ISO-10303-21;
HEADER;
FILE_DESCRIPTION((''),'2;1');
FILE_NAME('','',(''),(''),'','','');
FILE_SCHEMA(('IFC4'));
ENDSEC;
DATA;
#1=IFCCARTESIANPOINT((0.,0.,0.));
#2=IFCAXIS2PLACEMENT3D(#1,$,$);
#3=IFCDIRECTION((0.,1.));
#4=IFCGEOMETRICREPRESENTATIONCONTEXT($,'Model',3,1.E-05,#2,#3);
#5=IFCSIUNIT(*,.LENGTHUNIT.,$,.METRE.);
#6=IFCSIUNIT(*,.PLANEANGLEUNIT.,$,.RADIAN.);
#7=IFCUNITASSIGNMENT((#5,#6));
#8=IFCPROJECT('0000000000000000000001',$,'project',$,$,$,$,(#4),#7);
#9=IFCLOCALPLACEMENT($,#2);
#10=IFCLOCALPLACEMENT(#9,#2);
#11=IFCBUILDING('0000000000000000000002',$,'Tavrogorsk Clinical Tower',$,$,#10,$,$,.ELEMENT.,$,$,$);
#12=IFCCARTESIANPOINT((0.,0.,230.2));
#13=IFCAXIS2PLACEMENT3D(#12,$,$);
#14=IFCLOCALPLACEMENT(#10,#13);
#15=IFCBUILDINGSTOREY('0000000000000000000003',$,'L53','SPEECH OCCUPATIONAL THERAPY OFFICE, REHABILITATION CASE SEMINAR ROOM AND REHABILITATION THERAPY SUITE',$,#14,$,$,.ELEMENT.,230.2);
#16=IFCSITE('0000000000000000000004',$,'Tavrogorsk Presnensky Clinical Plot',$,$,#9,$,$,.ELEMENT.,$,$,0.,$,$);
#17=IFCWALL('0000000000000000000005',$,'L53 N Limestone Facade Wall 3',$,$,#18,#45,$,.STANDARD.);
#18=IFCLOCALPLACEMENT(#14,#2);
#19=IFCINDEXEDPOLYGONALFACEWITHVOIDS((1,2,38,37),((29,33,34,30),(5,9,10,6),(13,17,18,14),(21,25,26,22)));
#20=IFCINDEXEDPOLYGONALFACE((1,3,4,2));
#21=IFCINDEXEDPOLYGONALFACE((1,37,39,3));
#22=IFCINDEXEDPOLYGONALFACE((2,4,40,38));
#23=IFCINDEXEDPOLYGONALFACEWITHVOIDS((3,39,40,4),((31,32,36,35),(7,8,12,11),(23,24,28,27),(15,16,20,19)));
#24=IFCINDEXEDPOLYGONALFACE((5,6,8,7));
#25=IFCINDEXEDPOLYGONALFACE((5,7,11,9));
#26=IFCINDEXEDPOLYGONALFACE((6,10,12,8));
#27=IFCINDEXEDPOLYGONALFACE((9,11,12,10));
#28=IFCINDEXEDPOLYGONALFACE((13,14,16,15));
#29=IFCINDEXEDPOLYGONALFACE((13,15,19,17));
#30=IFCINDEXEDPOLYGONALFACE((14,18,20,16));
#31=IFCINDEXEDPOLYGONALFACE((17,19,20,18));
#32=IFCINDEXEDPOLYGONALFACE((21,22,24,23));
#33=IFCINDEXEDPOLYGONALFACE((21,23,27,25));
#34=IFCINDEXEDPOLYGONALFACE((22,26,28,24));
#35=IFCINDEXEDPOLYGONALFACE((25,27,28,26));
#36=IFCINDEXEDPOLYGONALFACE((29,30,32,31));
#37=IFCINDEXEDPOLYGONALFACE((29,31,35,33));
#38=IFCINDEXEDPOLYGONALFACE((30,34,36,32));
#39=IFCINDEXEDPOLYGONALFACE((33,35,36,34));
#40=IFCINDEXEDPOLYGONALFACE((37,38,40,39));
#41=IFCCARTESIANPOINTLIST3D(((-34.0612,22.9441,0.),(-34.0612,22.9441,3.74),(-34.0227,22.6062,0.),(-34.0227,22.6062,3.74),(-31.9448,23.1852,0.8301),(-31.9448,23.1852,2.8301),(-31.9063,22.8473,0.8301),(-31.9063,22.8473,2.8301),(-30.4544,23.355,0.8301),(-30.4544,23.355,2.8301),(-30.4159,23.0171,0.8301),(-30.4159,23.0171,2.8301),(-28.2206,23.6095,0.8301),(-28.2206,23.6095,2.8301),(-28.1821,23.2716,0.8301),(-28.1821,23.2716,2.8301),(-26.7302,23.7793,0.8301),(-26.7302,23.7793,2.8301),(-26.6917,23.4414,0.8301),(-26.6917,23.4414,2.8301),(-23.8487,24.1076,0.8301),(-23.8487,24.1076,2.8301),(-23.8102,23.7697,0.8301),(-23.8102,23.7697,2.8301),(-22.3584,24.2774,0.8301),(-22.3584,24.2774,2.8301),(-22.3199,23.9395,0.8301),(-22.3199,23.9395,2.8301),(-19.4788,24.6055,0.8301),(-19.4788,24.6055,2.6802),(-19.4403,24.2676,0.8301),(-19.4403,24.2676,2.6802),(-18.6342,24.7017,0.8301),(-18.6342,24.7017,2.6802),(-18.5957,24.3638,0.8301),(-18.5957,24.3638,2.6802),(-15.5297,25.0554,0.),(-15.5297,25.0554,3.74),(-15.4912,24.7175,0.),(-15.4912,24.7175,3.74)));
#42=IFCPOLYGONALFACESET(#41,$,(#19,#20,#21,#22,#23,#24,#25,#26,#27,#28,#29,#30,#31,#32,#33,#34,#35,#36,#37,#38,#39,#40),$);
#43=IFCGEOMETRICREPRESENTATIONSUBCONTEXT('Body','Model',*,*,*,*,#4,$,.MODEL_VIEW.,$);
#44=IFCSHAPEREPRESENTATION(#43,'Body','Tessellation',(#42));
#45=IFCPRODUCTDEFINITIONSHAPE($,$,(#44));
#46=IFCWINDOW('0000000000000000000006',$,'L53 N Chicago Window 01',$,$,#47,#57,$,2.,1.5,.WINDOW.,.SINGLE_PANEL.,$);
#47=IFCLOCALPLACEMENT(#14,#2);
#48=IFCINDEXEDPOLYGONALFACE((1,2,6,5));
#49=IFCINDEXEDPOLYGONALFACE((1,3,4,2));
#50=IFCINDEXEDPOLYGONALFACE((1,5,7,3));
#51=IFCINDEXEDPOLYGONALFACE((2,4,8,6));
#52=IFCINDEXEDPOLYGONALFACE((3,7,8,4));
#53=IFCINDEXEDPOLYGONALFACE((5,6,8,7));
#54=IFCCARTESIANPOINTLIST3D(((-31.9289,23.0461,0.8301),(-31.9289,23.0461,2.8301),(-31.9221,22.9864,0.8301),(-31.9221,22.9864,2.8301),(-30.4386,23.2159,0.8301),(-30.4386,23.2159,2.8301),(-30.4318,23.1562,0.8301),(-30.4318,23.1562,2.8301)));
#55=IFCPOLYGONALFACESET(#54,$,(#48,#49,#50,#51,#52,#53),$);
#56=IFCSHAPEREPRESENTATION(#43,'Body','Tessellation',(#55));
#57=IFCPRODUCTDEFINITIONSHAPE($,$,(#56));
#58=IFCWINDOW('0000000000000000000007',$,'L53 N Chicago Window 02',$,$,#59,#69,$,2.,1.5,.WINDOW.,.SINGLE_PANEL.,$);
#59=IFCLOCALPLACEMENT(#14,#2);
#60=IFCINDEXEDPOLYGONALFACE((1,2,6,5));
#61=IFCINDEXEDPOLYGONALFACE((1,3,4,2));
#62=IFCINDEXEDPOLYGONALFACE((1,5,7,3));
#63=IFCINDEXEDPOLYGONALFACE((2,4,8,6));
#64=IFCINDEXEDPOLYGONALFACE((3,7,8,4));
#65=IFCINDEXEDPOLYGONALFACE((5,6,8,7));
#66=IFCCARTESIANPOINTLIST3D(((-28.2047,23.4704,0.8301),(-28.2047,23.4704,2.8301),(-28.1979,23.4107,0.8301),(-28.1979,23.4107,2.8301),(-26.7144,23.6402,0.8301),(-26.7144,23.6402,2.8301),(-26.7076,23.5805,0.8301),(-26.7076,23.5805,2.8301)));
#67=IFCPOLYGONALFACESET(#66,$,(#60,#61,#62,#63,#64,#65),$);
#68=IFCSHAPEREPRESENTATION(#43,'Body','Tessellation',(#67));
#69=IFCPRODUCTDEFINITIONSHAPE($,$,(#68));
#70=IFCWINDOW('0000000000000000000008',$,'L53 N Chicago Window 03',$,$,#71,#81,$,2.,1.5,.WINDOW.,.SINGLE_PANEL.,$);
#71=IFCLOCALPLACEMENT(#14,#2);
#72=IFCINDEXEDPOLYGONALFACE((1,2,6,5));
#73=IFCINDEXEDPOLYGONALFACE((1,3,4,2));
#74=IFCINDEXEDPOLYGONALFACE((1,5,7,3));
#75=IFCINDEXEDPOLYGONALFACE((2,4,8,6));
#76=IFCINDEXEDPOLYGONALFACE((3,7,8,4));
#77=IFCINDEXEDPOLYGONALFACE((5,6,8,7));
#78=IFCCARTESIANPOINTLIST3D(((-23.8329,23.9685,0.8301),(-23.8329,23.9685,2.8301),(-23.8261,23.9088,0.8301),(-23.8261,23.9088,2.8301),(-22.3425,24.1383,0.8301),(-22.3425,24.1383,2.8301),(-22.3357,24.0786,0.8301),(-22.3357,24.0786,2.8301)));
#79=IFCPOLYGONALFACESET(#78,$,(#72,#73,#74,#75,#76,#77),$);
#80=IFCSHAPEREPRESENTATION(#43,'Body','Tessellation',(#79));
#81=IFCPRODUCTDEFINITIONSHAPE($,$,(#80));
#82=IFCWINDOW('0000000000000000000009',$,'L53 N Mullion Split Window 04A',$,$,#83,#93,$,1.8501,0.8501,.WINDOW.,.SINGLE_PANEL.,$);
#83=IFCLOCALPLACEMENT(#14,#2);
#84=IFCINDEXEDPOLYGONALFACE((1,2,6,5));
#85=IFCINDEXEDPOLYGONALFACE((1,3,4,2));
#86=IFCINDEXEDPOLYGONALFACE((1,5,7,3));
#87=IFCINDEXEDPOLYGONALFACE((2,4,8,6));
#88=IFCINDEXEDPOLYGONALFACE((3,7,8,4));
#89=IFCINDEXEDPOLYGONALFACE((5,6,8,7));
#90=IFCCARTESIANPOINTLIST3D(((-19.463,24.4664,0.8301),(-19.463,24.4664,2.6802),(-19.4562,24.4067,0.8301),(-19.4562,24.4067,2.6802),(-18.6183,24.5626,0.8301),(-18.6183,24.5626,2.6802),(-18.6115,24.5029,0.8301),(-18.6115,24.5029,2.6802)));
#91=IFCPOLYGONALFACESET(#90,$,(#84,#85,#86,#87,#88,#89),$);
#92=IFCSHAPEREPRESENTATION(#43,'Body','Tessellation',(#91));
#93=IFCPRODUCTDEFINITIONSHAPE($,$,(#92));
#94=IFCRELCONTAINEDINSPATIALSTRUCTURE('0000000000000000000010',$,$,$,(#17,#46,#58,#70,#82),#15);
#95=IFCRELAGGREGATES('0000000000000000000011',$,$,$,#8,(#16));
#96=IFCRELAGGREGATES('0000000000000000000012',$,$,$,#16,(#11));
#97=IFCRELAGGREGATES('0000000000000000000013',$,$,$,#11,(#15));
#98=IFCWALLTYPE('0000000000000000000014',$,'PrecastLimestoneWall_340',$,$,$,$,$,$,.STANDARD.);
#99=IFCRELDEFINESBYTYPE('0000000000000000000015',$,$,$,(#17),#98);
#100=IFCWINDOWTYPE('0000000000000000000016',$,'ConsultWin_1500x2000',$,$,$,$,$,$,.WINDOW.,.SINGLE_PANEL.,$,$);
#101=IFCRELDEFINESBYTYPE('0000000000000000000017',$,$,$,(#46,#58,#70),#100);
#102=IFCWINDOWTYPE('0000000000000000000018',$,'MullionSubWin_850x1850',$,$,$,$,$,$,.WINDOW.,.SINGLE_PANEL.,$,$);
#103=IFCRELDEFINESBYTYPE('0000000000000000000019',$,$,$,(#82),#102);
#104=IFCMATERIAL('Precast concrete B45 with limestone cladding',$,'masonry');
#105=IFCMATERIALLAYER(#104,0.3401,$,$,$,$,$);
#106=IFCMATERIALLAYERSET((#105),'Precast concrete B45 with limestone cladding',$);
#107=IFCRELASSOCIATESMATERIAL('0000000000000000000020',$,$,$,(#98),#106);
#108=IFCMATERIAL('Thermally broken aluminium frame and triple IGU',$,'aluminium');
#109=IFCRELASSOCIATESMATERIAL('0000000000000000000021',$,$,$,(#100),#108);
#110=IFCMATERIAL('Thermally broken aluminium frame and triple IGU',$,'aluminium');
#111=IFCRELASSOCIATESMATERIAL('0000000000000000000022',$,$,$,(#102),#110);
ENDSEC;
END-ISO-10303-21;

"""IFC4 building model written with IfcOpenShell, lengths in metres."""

from ifc_helpers import new_model, si_unit, direction, frame, frame_2d, origin, place, context, subcontext, project, spatial, rectangle, extrude, material, layer, layer_set, type_object, element, fill, save


model = new_model("IFC4")

# Units and contexts
model_context = context("Model", 3, precision=1e-05, world=origin(), true_north=direction((0.0, 1.0)))
body_context = subcontext(model_context, "Body", "Model", "MODEL_VIEW")
ifc_project = project(units=[si_unit("LENGTHUNIT", "METRE"), si_unit("PLANEANGLEUNIT", "RADIAN")], contexts=[model_context])

# Site, building, storey
site_placement = place(None, origin())
site = spatial("IfcSite", under=ifc_project, at=site_placement, Name="Tavrogorsk Presnensky Clinical Plot", CompositionType="ELEMENT", RefElevation=0.0)
building_placement = place(site_placement, origin())
building = spatial("IfcBuilding", under=site, at=building_placement, Name="Tavrogorsk Clinical Tower", CompositionType="ELEMENT")
storey_placement = place(building_placement, frame((0.0, 0.0, 230.2)))
storey = spatial("IfcBuildingStorey", under=building, at=storey_placement, Name="L53", Description="SPEECH OCCUPATIONAL THERAPY OFFICE, REHABILITATION CASE SEMINAR ROOM AND REHABILITATION THERAPY SUITE", CompositionType="ELEMENT", Elevation=230.2)

# Wall, openings, windows
ifc_material_1 = material(Name="Precast concrete B45 with limestone cladding", Category="masonry")
ifc_layer_1 = layer(ifc_material_1, 0.3401)
ifc_layer_set_1 = layer_set([ifc_layer_1], Name="Precast concrete B45 with limestone cladding")
wall_type_1 = type_object("IfcWallType", Name="PrecastLimestoneWall_340", PredefinedType="STANDARD", material=ifc_layer_set_1)
wall_1_placement = place(storey_placement, frame((-15.5105, 24.8865, 0.0), z_axis=(0.0, 0.0, 1.0), x_axis=(-0.993572, -0.1132, 0.0)))
wall_1 = element("IfcWall", 1, at=wall_1_placement, inside=storey, type_object=wall_type_1, Name="L53 N Limestone Facade Wall 3", PredefinedType="STANDARD", context=body_context, shape_type="SweptSolid", body=[
    extrude(rectangle(XDim=18.6514, YDim=0.3401, at=frame_2d((9.3257, 0.0))), origin(), (0.0, 0.0, 1.0), 3.74),
])
opening_1_placement = place(wall_1_placement, frame((15.0212, 0.0, 0.8301)))
opening_1 = element("IfcOpeningElement", 2, at=opening_1_placement, cuts=wall_1, PredefinedType="OPENING", context=body_context, shape_type="SweptSolid", body=[
    extrude(rectangle(XDim=1.5, YDim=2.0, at=frame_2d((0.75, 1.0))), frame((0.0, 0.1799, 0.0), z_axis=(0.0, -1.0, 0.0), x_axis=(1.0, 0.0, 0.0)), (0.0, 0.0, 1.0), 0.3601),
])
opening_2_placement = place(wall_1_placement, frame((11.2729, 0.0, 0.8301)))
opening_2 = element("IfcOpeningElement", 3, at=opening_2_placement, cuts=wall_1, PredefinedType="OPENING", context=body_context, shape_type="SweptSolid", body=[
    extrude(rectangle(XDim=1.5, YDim=2.0, at=frame_2d((0.75, 1.0))), frame((0.0, 0.1799, 0.0), z_axis=(0.0, -1.0, 0.0), x_axis=(1.0, 0.0, 0.0)), (0.0, 0.0, 1.0), 0.3601),
])
opening_3_placement = place(wall_1_placement, frame((6.8728, 0.0, 0.8301)))
opening_3 = element("IfcOpeningElement", 4, at=opening_3_placement, cuts=wall_1, PredefinedType="OPENING", context=body_context, shape_type="SweptSolid", body=[
    extrude(rectangle(XDim=1.5, YDim=2.0, at=frame_2d((0.75, 1.0))), frame((0.0, 0.1799, 0.0), z_axis=(0.0, -1.0, 0.0), x_axis=(1.0, 0.0, 0.0)), (0.0, 0.0, 1.0), 0.3601),
])
opening_4_placement = place(wall_1_placement, frame((3.1245, 0.0, 0.8301)))
opening_4 = element("IfcOpeningElement", 5, at=opening_4_placement, cuts=wall_1, PredefinedType="OPENING", context=body_context, shape_type="SweptSolid", body=[
    extrude(rectangle(XDim=0.8501, YDim=1.8501, at=frame_2d((0.425, 0.925))), frame((0.0, 0.1799, 0.0), z_axis=(0.0, -1.0, 0.0), x_axis=(1.0, 0.0, 0.0)), (0.0, 0.0, 1.0), 0.3601),
])
ifc_material_2 = material(Name="Thermally broken aluminium frame and triple IGU", Category="aluminium")
window_type_1 = type_object("IfcWindowType", Name="ConsultWin_1500x2000", PartitioningType="SINGLE_PANEL", PredefinedType="WINDOW", material=ifc_material_2)
window_1_placement = place(opening_1_placement, origin())
window_1 = element("IfcWindow", 6, at=window_1_placement, inside=storey, type_object=window_type_1, Name="L53 N Chicago Window 01", OverallHeight=2.0, OverallWidth=1.5, PartitioningType="SINGLE_PANEL", PredefinedType="WINDOW", context=body_context, shape_type="SweptSolid", body=[
    extrude(rectangle(XDim=1.5, YDim=2.0, at=frame_2d((0.75, 1.0))), frame((0.0, 0.03, 0.0), z_axis=(0.0, -1.0, 0.0), x_axis=(1.0, 0.0, 0.0)), (0.0, 0.0, 1.0), 0.0601),
])
fill(opening_1, window_1)
window_2_placement = place(opening_2_placement, origin())
window_2 = element("IfcWindow", 7, at=window_2_placement, inside=storey, type_object=window_type_1, Name="L53 N Chicago Window 02", OverallHeight=2.0, OverallWidth=1.5, PartitioningType="SINGLE_PANEL", PredefinedType="WINDOW", context=body_context, shape_type="SweptSolid", body=[
    extrude(rectangle(XDim=1.5, YDim=2.0, at=frame_2d((0.75, 1.0))), frame((0.0, 0.03, 0.0), z_axis=(0.0, -1.0, 0.0), x_axis=(1.0, 0.0, 0.0)), (0.0, 0.0, 1.0), 0.0601),
])
fill(opening_2, window_2)
window_3_placement = place(opening_3_placement, origin())
window_3 = element("IfcWindow", 8, at=window_3_placement, inside=storey, type_object=window_type_1, Name="L53 N Chicago Window 03", OverallHeight=2.0, OverallWidth=1.5, PartitioningType="SINGLE_PANEL", PredefinedType="WINDOW", context=body_context, shape_type="SweptSolid", body=[
    extrude(rectangle(XDim=1.5, YDim=2.0, at=frame_2d((0.75, 1.0))), frame((0.0, 0.03, 0.0), z_axis=(0.0, -1.0, 0.0), x_axis=(1.0, 0.0, 0.0)), (0.0, 0.0, 1.0), 0.0601),
])
fill(opening_3, window_3)
ifc_material_3 = material(Name="Thermally broken aluminium frame and triple IGU", Category="aluminium")
window_type_2 = type_object("IfcWindowType", Name="MullionSubWin_850x1850", PartitioningType="SINGLE_PANEL", PredefinedType="WINDOW", material=ifc_material_3)
window_4_placement = place(opening_4_placement, origin())
window_4 = element("IfcWindow", 9, at=window_4_placement, inside=storey, type_object=window_type_2, Name="L53 N Mullion Split Window 04A", OverallHeight=1.8501, OverallWidth=0.8501, PartitioningType="SINGLE_PANEL", PredefinedType="WINDOW", context=body_context, shape_type="SweptSolid", body=[
    extrude(rectangle(XDim=0.8501, YDim=1.8501, at=frame_2d((0.425, 0.925))), frame((0.0, 0.03, 0.0), z_axis=(0.0, -1.0, 0.0), x_axis=(1.0, 0.0, 0.0)), (0.0, 0.0, 1.0), 0.0601),
])
fill(opening_4, window_4)

save(model, "model.ifc")
